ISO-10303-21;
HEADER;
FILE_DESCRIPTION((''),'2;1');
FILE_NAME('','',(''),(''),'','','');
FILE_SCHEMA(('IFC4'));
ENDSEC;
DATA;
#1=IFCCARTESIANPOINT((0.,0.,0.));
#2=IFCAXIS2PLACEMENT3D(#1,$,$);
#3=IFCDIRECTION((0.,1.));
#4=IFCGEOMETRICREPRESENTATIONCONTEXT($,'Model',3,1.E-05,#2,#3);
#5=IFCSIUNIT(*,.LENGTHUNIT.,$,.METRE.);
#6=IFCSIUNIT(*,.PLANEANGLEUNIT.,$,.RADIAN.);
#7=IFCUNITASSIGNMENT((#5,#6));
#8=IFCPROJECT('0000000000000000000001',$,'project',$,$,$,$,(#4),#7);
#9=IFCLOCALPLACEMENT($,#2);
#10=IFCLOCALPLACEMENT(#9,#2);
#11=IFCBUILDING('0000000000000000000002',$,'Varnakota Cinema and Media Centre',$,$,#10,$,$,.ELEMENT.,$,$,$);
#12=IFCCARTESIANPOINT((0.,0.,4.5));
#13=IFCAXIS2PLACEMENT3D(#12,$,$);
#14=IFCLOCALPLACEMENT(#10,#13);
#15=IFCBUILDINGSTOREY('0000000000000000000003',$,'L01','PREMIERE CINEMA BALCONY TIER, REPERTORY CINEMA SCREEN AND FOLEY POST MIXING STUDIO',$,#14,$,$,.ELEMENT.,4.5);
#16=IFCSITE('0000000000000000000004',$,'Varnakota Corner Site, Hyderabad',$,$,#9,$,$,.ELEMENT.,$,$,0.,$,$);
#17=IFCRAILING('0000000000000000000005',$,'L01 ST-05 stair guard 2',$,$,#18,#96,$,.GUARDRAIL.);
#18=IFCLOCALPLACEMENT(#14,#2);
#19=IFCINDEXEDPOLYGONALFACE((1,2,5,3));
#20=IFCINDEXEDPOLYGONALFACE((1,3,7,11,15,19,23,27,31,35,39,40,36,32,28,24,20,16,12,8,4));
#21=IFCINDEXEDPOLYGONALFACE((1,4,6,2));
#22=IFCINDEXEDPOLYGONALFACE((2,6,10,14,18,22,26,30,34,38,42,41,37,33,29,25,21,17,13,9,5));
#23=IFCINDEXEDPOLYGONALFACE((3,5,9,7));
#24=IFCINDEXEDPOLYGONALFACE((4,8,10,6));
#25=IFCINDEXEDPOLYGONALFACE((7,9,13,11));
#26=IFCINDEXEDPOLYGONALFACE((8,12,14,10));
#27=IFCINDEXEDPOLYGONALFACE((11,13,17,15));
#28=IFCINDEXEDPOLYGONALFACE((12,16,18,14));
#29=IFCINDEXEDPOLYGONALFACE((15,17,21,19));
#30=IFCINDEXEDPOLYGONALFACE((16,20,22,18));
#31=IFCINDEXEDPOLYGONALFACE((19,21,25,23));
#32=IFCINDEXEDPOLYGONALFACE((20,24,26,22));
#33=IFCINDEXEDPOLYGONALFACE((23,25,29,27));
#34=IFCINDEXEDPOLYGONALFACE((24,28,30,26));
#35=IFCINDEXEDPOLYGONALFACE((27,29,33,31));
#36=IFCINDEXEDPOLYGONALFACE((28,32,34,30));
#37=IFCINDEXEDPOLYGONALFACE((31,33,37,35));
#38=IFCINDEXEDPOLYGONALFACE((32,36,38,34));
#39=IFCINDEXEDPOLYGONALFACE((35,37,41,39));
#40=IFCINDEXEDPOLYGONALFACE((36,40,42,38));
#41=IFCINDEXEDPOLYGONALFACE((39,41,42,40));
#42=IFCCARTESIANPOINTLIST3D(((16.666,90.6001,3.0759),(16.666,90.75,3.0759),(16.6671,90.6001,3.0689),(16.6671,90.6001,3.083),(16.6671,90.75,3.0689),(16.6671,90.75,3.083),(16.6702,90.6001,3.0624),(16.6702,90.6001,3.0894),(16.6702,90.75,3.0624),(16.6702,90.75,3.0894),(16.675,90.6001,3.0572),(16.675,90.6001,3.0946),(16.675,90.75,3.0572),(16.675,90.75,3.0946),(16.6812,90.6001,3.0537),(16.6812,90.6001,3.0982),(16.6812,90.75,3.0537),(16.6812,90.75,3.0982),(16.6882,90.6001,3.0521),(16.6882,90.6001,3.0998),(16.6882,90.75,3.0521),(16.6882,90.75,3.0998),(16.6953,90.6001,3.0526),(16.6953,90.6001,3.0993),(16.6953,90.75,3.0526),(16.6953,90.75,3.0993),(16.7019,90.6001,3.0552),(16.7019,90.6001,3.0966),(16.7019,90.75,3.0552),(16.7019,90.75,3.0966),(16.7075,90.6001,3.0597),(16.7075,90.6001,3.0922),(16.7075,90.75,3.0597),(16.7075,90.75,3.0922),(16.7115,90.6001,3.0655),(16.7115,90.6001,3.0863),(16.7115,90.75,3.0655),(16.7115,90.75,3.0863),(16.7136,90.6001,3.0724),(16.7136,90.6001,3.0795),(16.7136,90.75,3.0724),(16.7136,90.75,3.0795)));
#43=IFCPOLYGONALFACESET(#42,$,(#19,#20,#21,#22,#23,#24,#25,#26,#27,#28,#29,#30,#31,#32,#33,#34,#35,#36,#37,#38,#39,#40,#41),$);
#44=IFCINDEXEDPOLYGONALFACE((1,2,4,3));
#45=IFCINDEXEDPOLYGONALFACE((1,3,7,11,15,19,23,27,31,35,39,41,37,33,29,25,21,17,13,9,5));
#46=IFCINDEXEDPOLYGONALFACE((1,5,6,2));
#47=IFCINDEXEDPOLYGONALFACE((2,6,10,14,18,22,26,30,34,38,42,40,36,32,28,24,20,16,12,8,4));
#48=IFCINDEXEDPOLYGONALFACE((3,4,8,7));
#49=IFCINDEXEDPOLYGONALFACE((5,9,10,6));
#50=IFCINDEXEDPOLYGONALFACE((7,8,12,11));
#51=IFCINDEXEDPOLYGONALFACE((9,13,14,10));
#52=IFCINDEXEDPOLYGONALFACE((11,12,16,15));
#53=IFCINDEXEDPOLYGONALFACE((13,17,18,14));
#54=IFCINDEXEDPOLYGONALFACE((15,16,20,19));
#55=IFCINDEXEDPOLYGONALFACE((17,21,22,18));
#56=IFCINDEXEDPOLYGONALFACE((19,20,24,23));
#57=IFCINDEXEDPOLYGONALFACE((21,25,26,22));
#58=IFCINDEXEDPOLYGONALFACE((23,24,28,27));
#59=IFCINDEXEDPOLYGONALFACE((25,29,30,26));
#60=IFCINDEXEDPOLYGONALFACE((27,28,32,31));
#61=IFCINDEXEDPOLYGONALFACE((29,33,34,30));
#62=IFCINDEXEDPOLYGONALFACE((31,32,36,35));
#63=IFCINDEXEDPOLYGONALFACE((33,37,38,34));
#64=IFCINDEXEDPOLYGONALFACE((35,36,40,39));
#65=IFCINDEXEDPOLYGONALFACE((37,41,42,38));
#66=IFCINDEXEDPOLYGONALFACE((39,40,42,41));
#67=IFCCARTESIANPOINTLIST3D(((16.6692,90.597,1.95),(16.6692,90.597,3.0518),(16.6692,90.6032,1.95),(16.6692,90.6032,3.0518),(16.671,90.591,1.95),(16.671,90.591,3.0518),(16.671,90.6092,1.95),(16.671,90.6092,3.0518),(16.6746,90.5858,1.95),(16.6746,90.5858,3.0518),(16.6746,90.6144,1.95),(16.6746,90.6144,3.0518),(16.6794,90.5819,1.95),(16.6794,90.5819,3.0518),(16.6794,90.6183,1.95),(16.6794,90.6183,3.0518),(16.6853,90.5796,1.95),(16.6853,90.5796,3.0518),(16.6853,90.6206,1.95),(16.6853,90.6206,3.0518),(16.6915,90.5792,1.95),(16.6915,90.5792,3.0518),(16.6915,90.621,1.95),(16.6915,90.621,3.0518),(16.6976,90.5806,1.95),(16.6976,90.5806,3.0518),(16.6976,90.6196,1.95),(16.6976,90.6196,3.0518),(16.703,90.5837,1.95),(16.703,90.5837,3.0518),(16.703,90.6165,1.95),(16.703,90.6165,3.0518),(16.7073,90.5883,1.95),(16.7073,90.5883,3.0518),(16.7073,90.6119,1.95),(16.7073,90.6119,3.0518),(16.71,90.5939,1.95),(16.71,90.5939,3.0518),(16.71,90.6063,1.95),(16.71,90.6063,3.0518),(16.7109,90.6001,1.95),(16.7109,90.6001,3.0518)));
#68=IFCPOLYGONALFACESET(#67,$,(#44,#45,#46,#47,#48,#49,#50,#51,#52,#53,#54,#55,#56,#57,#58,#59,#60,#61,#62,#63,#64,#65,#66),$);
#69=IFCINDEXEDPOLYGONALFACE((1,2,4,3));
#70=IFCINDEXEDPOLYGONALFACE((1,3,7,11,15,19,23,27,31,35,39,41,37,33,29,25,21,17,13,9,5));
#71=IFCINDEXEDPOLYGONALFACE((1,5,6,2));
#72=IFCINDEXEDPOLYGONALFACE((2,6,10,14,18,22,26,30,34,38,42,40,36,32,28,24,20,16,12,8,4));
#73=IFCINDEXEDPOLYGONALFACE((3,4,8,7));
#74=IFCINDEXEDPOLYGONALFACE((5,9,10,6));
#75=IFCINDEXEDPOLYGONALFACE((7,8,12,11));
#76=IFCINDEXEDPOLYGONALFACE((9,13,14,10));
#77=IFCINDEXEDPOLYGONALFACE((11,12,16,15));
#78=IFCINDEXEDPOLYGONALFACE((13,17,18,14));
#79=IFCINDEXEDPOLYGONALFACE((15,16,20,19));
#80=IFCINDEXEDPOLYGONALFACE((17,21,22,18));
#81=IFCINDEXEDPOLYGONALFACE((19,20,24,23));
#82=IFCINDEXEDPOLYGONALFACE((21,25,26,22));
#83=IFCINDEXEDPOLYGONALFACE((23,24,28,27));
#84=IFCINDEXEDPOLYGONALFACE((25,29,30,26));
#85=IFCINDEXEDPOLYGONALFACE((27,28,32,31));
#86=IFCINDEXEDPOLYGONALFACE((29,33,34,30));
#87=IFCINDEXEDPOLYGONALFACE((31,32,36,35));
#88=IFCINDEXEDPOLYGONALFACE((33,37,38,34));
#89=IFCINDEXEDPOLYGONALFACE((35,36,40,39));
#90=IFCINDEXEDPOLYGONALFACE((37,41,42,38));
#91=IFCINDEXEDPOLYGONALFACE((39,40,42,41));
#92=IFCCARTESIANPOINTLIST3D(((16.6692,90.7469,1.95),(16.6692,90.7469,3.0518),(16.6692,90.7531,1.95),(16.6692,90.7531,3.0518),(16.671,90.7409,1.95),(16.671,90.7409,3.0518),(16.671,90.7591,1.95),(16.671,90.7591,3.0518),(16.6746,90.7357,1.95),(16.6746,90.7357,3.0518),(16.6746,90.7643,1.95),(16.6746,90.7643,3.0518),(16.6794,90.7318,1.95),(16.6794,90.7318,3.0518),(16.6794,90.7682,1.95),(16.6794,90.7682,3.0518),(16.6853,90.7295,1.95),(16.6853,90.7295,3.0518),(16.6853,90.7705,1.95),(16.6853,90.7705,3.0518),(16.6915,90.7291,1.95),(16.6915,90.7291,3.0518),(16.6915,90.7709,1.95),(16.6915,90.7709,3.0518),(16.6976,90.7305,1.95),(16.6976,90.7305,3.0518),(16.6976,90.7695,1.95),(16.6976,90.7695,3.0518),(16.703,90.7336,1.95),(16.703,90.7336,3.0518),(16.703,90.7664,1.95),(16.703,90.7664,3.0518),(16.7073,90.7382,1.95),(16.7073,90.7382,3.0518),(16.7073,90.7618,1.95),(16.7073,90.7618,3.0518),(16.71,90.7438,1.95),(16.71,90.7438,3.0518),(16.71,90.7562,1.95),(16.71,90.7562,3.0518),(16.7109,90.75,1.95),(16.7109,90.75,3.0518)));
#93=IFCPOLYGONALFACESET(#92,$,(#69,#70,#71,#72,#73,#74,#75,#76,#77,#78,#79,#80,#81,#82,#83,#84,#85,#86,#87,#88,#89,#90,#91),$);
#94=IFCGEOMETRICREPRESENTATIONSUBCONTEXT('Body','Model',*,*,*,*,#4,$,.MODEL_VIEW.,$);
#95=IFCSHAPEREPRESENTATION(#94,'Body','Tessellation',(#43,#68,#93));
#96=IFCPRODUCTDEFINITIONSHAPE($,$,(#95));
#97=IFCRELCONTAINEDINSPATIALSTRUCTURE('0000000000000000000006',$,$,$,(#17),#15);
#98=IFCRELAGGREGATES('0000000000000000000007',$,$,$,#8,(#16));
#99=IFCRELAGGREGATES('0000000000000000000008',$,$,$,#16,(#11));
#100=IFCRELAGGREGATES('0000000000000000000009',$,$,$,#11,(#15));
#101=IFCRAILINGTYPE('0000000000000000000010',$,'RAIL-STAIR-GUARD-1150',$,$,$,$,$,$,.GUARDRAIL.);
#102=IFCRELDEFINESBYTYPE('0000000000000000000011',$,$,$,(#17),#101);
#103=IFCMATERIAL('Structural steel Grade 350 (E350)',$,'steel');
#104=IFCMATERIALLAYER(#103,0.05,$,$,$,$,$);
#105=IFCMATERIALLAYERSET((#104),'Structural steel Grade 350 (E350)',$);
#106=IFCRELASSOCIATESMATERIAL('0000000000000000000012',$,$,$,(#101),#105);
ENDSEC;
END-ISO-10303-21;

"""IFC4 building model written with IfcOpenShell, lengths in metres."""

from ifc_helpers import new_model, si_unit, direction, frame, origin, origin_2d, place, context, subcontext, project, spatial, circle, extrude, material, layer, layer_set, type_object, element, save


model = new_model("IFC4")

# Units and contexts
model_context = context("Model", 3, precision=1e-05, world=origin(), true_north=direction((0.0, 1.0)))
body_context = subcontext(model_context, "Body", "Model", "MODEL_VIEW")
ifc_project = project(units=[si_unit("LENGTHUNIT", "METRE"), si_unit("PLANEANGLEUNIT", "RADIAN")], contexts=[model_context])

# Site, building, storey
site_placement = place(None, origin())
site = spatial("IfcSite", under=ifc_project, at=site_placement, Name="Varnakota Corner Site, Hyderabad", CompositionType="ELEMENT", RefElevation=0.0)
building_placement = place(site_placement, origin())
building = spatial("IfcBuilding", under=site, at=building_placement, Name="Varnakota Cinema and Media Centre", CompositionType="ELEMENT")
storey_placement = place(building_placement, frame((0.0, 0.0, 4.5)))
storey = spatial("IfcBuildingStorey", under=building, at=storey_placement, Name="L01", Description="PREMIERE CINEMA BALCONY TIER, REPERTORY CINEMA SCREEN AND FOLEY POST MIXING STUDIO", CompositionType="ELEMENT", Elevation=4.5)

# Railing
ifc_material_1 = material(Name="Structural steel Grade 350 (E350)", Category="steel")
ifc_layer_1 = layer(ifc_material_1, 0.05)
ifc_layer_set_1 = layer_set([ifc_layer_1], Name="Structural steel Grade 350 (E350)")
railing_type_1 = type_object("IfcRailingType", Name="RAIL-STAIR-GUARD-1150", PredefinedType="GUARDRAIL", material=ifc_layer_set_1)
railing_1_placement = place(storey_placement, frame((16.6899, 90.6001, 1.95)))
element("IfcRailing", 1, at=railing_1_placement, inside=storey, type_object=railing_type_1, Name="L01 ST-05 stair guard 2", PredefinedType="GUARDRAIL", context=body_context, shape_type="SweptSolid", body=[
    extrude(circle(Radius=0.0239, at=origin_2d()), frame((0.0, 0.0, 1.126), z_axis=(0.0, 1.0, 0.0), x_axis=(-1.0, 0.0, 0.0)), (0.0, 0.0, 1.0), 0.1499),
    extrude(circle(Radius=0.021, at=origin_2d()), origin(), (0.0, 0.0, 1.0), 1.1018),
    extrude(circle(Radius=0.021, at=origin_2d()), frame((0.0, 0.1499, 0.0)), (0.0, 0.0, 1.0), 1.1018),
])

save(model, "model.ifc")
